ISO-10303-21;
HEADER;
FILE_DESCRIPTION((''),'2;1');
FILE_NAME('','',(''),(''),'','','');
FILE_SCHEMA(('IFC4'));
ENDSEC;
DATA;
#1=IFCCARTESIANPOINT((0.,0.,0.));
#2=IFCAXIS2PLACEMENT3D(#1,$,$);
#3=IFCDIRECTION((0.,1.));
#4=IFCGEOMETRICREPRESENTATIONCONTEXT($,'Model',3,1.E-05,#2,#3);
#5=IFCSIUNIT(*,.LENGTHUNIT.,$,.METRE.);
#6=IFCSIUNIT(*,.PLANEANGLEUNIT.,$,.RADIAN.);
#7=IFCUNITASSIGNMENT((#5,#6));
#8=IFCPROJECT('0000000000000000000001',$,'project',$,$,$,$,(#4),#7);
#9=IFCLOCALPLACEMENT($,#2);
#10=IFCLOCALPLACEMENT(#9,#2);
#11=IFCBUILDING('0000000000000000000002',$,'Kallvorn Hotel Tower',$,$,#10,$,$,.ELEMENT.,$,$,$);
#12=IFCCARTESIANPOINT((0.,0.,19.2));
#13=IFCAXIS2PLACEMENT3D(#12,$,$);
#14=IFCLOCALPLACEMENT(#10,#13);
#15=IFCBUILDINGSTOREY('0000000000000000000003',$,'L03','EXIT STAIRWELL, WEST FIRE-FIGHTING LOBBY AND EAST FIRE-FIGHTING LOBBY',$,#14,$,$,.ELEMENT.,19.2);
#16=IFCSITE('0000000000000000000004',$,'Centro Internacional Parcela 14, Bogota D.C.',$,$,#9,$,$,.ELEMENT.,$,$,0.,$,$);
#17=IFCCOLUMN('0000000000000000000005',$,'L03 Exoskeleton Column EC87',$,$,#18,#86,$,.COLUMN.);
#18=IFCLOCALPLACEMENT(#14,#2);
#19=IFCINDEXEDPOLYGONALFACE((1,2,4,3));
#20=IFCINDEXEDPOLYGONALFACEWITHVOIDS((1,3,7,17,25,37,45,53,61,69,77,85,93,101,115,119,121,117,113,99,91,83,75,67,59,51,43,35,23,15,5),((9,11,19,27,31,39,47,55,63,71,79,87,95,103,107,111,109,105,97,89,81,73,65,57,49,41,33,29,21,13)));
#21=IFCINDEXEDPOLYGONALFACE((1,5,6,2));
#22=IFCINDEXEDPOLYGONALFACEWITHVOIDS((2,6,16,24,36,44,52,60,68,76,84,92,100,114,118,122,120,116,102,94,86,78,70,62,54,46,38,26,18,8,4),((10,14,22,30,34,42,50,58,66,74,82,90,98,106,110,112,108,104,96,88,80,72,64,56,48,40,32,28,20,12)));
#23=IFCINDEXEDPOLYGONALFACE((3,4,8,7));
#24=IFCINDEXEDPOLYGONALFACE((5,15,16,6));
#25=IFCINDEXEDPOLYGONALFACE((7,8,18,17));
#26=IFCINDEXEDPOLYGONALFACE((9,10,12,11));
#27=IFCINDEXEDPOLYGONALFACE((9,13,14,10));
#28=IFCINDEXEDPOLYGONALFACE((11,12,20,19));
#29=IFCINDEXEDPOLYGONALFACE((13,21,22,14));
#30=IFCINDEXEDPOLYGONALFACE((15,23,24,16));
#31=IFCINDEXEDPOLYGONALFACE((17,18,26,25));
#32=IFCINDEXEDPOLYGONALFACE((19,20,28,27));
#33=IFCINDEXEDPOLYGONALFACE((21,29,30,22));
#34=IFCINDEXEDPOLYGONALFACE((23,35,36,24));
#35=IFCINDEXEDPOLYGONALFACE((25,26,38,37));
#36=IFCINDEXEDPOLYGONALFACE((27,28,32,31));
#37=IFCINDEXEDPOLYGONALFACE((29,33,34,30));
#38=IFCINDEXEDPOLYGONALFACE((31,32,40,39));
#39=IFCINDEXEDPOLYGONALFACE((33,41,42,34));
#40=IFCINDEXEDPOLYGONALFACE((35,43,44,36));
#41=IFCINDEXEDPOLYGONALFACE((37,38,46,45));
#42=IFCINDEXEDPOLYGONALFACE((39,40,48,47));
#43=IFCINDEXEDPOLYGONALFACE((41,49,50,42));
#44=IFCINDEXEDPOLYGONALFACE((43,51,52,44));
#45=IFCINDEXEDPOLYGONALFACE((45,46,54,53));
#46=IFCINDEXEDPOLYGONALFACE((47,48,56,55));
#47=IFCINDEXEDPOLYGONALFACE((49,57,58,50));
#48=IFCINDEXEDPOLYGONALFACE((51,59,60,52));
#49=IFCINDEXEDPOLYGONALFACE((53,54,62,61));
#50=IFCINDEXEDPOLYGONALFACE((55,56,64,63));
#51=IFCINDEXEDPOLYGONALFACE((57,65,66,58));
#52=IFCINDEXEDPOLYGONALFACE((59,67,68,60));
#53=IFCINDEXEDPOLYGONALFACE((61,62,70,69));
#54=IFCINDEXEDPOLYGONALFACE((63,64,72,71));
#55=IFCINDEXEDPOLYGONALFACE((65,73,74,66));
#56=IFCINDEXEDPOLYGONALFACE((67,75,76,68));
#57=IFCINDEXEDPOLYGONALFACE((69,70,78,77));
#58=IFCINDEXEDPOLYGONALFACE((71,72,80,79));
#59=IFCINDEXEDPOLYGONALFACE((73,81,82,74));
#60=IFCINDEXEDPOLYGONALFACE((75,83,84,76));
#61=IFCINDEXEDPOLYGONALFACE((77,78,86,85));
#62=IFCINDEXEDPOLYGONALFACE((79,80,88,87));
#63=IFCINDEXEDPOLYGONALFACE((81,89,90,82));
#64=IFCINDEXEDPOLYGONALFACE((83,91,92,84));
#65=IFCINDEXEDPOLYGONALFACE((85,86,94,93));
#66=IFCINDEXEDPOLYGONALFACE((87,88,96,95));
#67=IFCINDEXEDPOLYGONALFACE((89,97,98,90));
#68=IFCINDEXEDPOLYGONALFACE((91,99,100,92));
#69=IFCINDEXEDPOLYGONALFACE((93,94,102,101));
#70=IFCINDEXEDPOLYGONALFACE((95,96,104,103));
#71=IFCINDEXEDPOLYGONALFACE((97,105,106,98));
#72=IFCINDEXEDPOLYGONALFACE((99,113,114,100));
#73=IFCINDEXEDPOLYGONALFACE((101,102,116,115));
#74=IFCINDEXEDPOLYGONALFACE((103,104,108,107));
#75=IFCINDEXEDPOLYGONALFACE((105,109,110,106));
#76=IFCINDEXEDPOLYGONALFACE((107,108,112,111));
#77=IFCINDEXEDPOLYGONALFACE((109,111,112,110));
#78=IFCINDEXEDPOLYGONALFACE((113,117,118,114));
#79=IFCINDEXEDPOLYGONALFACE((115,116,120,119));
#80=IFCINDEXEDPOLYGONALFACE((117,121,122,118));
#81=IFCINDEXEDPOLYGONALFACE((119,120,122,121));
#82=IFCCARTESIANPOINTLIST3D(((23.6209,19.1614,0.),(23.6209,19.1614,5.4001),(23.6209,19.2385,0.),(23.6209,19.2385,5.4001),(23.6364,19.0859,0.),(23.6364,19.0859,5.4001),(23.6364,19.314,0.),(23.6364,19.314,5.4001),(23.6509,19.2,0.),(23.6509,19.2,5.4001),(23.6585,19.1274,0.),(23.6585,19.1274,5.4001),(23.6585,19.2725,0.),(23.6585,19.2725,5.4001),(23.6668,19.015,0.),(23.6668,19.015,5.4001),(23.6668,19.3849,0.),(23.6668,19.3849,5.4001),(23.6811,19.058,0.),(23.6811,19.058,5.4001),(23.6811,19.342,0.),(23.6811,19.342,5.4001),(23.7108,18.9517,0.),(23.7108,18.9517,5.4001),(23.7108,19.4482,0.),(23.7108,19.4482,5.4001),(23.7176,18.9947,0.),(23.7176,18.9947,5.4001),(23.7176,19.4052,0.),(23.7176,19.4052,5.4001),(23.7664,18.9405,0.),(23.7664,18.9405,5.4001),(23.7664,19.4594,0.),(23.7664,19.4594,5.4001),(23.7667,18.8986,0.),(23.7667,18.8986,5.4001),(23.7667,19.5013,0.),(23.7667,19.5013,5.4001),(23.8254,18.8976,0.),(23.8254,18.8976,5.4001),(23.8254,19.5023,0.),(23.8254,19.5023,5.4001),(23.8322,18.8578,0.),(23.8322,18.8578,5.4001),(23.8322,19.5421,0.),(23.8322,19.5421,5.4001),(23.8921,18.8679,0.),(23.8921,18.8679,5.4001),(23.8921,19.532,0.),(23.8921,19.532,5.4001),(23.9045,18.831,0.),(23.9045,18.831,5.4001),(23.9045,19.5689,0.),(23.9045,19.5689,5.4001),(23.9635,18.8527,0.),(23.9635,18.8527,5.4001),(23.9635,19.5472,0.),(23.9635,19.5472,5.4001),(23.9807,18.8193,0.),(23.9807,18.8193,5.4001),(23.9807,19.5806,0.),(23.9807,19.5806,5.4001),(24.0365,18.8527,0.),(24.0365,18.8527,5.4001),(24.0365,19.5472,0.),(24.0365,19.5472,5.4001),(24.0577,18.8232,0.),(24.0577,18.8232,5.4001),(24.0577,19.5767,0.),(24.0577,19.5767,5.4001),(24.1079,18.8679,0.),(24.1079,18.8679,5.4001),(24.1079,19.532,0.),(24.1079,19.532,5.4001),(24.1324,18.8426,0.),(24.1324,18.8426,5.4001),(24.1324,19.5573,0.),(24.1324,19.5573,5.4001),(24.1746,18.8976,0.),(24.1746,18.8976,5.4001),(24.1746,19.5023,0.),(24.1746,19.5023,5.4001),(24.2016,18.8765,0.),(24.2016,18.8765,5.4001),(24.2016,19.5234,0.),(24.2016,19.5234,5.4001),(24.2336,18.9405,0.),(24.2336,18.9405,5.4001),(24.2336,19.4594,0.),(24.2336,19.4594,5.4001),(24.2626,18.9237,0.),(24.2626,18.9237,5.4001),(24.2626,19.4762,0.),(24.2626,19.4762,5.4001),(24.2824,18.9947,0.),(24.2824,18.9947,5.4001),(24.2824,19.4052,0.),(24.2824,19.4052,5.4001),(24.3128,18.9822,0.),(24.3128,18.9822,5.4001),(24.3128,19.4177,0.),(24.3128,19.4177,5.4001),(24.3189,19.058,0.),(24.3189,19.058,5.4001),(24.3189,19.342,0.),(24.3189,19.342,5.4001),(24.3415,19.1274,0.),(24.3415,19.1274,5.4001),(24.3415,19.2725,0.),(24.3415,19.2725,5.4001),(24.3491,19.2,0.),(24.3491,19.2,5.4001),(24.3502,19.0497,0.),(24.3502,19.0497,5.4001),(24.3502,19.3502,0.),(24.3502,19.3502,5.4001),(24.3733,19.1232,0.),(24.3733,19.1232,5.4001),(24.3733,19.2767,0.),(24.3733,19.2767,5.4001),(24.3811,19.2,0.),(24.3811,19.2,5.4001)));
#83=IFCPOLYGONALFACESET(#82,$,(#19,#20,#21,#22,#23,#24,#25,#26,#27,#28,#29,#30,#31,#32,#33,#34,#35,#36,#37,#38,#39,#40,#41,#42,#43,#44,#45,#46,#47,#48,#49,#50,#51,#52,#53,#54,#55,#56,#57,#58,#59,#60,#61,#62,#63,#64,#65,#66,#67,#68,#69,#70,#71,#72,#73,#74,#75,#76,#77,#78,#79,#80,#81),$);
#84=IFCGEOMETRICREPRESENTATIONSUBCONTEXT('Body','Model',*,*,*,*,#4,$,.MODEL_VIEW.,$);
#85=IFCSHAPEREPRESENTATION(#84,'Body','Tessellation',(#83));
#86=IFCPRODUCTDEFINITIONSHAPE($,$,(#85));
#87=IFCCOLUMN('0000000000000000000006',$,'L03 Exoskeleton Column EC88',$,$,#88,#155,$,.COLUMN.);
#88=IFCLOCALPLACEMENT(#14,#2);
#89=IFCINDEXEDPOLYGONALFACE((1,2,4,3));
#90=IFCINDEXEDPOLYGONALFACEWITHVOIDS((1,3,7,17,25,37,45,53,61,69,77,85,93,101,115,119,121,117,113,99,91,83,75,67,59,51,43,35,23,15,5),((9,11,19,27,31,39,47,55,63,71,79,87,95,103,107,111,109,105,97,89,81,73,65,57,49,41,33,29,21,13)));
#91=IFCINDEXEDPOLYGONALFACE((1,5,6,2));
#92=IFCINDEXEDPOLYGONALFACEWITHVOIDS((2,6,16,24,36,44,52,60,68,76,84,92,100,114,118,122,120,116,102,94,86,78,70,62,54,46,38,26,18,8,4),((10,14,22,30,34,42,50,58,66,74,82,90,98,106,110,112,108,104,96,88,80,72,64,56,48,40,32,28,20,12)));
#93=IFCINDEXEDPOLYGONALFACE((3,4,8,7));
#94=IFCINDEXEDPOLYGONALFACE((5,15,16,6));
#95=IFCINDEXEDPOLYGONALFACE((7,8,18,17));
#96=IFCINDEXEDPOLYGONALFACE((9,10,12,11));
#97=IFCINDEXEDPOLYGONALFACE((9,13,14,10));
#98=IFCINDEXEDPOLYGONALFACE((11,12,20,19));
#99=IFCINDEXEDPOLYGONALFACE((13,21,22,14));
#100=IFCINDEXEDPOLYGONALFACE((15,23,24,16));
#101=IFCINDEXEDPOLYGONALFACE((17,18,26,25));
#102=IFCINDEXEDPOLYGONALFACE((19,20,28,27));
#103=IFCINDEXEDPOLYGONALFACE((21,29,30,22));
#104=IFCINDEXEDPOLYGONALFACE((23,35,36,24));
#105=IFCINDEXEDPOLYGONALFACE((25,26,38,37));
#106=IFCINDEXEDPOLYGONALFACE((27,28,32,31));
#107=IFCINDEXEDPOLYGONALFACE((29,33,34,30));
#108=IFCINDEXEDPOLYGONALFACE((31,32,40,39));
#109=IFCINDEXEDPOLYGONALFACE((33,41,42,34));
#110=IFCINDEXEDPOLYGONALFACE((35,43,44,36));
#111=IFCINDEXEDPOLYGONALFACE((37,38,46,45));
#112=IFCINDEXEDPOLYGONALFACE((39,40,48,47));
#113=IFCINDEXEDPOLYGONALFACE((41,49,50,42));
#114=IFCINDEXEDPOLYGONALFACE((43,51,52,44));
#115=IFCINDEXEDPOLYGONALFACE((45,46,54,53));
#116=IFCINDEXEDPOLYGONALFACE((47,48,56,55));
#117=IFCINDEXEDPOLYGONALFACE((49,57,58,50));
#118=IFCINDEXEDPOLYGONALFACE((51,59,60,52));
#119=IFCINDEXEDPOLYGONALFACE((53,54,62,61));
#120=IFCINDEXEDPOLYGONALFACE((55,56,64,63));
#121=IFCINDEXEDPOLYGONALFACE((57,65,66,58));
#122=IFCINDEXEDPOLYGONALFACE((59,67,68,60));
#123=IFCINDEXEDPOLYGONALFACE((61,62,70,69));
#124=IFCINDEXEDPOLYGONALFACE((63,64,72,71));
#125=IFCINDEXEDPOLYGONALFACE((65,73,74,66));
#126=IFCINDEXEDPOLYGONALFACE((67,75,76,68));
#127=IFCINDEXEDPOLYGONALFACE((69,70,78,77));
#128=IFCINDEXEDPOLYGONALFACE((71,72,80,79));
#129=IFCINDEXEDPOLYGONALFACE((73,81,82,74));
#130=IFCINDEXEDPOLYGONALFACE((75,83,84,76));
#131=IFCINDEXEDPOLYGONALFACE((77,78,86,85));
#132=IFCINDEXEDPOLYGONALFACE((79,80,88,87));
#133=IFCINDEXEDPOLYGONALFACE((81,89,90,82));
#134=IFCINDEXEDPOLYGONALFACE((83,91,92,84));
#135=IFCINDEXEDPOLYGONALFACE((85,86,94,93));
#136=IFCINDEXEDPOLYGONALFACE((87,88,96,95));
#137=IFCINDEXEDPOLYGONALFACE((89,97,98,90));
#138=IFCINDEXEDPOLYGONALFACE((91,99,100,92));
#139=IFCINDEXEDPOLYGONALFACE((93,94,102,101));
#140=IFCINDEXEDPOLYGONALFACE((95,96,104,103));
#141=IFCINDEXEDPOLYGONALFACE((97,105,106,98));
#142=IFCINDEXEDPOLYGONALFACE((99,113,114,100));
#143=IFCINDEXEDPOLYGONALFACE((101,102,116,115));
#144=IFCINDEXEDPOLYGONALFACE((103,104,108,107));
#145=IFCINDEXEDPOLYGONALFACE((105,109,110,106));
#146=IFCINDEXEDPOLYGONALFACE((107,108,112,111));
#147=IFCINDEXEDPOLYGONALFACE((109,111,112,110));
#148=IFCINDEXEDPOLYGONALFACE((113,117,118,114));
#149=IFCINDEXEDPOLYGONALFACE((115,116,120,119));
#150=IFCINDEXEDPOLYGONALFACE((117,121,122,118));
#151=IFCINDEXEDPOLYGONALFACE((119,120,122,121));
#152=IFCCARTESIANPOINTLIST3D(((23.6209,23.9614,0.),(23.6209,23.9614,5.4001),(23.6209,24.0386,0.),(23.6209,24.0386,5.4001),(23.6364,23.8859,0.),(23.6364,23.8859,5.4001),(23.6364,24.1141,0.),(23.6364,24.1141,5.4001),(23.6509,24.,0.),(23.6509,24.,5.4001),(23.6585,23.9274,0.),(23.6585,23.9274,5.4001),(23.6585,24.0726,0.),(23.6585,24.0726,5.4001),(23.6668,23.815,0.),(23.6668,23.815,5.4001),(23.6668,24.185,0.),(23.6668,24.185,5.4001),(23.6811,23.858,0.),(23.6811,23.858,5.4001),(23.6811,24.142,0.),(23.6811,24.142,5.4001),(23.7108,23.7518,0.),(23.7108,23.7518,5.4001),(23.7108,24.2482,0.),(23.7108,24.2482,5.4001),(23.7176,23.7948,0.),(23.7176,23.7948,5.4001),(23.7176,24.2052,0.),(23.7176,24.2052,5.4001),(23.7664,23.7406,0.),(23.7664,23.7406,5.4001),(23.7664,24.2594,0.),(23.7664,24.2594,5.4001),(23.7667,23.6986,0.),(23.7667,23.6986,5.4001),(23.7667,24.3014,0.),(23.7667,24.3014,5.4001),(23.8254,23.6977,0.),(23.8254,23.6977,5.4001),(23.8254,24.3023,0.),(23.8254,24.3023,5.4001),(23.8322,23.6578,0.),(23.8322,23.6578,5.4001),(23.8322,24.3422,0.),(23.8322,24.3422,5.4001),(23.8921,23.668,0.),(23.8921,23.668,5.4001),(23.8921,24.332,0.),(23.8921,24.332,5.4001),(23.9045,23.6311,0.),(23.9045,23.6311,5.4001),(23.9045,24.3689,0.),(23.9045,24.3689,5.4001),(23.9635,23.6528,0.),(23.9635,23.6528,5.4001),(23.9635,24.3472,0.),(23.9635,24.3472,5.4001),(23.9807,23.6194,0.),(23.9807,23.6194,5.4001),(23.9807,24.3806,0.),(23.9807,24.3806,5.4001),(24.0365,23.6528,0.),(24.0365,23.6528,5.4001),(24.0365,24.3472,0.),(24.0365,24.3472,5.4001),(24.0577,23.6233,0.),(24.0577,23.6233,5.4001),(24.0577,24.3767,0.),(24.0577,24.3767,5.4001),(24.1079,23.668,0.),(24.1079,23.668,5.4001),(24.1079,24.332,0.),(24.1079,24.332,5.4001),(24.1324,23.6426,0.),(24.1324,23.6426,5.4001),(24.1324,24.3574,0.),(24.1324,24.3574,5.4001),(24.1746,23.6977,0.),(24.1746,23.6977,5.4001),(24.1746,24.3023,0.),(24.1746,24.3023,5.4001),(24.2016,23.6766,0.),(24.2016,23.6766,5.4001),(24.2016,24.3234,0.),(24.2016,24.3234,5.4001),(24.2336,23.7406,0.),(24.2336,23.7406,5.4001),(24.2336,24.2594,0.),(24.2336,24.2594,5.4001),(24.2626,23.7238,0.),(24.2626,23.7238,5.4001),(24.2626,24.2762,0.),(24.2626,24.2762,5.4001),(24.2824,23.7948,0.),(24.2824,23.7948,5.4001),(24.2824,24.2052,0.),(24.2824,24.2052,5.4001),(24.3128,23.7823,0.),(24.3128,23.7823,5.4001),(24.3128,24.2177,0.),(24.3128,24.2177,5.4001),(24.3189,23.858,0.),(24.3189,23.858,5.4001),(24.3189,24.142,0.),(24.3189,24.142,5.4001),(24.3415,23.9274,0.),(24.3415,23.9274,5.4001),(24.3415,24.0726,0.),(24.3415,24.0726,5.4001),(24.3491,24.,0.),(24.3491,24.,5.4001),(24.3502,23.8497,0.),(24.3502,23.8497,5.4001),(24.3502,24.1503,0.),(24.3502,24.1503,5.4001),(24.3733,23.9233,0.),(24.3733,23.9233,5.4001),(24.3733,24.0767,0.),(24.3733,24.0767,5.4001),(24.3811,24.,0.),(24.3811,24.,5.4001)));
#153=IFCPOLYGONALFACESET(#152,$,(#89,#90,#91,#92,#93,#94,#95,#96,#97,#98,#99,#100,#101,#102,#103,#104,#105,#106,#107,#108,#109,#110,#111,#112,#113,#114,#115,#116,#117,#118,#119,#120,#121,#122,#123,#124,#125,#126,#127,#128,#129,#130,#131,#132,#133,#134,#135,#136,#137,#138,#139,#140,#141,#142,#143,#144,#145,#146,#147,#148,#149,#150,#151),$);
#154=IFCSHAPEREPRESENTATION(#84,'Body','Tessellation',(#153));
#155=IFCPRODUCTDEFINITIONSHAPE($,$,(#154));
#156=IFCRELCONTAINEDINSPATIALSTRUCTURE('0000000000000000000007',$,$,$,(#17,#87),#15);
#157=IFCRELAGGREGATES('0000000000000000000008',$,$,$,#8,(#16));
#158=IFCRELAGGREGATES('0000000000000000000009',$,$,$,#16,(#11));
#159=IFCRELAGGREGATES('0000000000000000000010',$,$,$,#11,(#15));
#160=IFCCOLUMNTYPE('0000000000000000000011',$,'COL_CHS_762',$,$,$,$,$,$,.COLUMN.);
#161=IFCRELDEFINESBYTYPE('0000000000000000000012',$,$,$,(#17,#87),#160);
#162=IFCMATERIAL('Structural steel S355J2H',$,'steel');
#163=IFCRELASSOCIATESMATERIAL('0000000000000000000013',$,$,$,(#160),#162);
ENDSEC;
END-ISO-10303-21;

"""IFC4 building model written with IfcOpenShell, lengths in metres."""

from ifc_helpers import new_model, si_unit, direction, frame, origin, origin_2d, place, context, subcontext, project, spatial, hollow_circle, extrude, material, material_profile, profile_set, type_object, element, save


model = new_model("IFC4")

# Units and contexts
model_context = context("Model", 3, precision=1e-05, world=origin(), true_north=direction((0.0, 1.0)))
body_context = subcontext(model_context, "Body", "Model", "MODEL_VIEW")
ifc_project = project(units=[si_unit("LENGTHUNIT", "METRE"), si_unit("PLANEANGLEUNIT", "RADIAN")], contexts=[model_context])

# Site, building, storey
site_placement = place(None, origin())
site = spatial("IfcSite", under=ifc_project, at=site_placement, Name="Centro Internacional Parcela 14, Bogota D.C.", CompositionType="ELEMENT", RefElevation=0.0)
building_placement = place(site_placement, origin())
building = spatial("IfcBuilding", under=site, at=building_placement, Name="Kallvorn Hotel Tower", CompositionType="ELEMENT")
storey_placement = place(building_placement, frame((0.0, 0.0, 19.2)))
storey = spatial("IfcBuildingStorey", under=building, at=storey_placement, Name="L03", Description="EXIT STAIRWELL, WEST FIRE-FIGHTING LOBBY AND EAST FIRE-FIGHTING LOBBY", CompositionType="ELEMENT", Elevation=19.2)

# Columns
ifc_material_1 = material(Name="Structural steel S355J2H", Category="steel")
ifc_material_profile_1 = material_profile(ifc_material_1, hollow_circle(Radius=0.3811, WallThickness=0.032, at=origin_2d()), Name="CHS 762x32")
ifc_profile_set_1 = profile_set([ifc_material_profile_1], Name="Structural steel S355J2H")
column_type_1 = type_object("IfcColumnType", Name="COL_CHS_762", PredefinedType="COLUMN", material=ifc_profile_set_1)
for number, where, z_axis, x_axis, name in (
    (1, (24.0, 19.2, 0.0), (0.0, 0.0, 1.0), (1.0, 0.0, 0.0), "L03 Exoskeleton Column EC87"),
    (2, (24.0, 24.0, 0.0), (0.0, 0.0, 1.0), (1.0, 0.0, 0.0), "L03 Exoskeleton Column EC88"),
):
    element("IfcColumn", number, at=place(storey_placement, frame(where, z_axis=z_axis, x_axis=x_axis)), inside=storey, type_object=column_type_1, Name=name, PredefinedType="COLUMN", context=body_context, shape_type="SweptSolid", body=[
        extrude(hollow_circle(Radius=0.3811, WallThickness=0.032, at=origin_2d()), origin(), (0.0, 0.0, 1.0), 5.4001),
    ])

save(model, "model.ifc")
